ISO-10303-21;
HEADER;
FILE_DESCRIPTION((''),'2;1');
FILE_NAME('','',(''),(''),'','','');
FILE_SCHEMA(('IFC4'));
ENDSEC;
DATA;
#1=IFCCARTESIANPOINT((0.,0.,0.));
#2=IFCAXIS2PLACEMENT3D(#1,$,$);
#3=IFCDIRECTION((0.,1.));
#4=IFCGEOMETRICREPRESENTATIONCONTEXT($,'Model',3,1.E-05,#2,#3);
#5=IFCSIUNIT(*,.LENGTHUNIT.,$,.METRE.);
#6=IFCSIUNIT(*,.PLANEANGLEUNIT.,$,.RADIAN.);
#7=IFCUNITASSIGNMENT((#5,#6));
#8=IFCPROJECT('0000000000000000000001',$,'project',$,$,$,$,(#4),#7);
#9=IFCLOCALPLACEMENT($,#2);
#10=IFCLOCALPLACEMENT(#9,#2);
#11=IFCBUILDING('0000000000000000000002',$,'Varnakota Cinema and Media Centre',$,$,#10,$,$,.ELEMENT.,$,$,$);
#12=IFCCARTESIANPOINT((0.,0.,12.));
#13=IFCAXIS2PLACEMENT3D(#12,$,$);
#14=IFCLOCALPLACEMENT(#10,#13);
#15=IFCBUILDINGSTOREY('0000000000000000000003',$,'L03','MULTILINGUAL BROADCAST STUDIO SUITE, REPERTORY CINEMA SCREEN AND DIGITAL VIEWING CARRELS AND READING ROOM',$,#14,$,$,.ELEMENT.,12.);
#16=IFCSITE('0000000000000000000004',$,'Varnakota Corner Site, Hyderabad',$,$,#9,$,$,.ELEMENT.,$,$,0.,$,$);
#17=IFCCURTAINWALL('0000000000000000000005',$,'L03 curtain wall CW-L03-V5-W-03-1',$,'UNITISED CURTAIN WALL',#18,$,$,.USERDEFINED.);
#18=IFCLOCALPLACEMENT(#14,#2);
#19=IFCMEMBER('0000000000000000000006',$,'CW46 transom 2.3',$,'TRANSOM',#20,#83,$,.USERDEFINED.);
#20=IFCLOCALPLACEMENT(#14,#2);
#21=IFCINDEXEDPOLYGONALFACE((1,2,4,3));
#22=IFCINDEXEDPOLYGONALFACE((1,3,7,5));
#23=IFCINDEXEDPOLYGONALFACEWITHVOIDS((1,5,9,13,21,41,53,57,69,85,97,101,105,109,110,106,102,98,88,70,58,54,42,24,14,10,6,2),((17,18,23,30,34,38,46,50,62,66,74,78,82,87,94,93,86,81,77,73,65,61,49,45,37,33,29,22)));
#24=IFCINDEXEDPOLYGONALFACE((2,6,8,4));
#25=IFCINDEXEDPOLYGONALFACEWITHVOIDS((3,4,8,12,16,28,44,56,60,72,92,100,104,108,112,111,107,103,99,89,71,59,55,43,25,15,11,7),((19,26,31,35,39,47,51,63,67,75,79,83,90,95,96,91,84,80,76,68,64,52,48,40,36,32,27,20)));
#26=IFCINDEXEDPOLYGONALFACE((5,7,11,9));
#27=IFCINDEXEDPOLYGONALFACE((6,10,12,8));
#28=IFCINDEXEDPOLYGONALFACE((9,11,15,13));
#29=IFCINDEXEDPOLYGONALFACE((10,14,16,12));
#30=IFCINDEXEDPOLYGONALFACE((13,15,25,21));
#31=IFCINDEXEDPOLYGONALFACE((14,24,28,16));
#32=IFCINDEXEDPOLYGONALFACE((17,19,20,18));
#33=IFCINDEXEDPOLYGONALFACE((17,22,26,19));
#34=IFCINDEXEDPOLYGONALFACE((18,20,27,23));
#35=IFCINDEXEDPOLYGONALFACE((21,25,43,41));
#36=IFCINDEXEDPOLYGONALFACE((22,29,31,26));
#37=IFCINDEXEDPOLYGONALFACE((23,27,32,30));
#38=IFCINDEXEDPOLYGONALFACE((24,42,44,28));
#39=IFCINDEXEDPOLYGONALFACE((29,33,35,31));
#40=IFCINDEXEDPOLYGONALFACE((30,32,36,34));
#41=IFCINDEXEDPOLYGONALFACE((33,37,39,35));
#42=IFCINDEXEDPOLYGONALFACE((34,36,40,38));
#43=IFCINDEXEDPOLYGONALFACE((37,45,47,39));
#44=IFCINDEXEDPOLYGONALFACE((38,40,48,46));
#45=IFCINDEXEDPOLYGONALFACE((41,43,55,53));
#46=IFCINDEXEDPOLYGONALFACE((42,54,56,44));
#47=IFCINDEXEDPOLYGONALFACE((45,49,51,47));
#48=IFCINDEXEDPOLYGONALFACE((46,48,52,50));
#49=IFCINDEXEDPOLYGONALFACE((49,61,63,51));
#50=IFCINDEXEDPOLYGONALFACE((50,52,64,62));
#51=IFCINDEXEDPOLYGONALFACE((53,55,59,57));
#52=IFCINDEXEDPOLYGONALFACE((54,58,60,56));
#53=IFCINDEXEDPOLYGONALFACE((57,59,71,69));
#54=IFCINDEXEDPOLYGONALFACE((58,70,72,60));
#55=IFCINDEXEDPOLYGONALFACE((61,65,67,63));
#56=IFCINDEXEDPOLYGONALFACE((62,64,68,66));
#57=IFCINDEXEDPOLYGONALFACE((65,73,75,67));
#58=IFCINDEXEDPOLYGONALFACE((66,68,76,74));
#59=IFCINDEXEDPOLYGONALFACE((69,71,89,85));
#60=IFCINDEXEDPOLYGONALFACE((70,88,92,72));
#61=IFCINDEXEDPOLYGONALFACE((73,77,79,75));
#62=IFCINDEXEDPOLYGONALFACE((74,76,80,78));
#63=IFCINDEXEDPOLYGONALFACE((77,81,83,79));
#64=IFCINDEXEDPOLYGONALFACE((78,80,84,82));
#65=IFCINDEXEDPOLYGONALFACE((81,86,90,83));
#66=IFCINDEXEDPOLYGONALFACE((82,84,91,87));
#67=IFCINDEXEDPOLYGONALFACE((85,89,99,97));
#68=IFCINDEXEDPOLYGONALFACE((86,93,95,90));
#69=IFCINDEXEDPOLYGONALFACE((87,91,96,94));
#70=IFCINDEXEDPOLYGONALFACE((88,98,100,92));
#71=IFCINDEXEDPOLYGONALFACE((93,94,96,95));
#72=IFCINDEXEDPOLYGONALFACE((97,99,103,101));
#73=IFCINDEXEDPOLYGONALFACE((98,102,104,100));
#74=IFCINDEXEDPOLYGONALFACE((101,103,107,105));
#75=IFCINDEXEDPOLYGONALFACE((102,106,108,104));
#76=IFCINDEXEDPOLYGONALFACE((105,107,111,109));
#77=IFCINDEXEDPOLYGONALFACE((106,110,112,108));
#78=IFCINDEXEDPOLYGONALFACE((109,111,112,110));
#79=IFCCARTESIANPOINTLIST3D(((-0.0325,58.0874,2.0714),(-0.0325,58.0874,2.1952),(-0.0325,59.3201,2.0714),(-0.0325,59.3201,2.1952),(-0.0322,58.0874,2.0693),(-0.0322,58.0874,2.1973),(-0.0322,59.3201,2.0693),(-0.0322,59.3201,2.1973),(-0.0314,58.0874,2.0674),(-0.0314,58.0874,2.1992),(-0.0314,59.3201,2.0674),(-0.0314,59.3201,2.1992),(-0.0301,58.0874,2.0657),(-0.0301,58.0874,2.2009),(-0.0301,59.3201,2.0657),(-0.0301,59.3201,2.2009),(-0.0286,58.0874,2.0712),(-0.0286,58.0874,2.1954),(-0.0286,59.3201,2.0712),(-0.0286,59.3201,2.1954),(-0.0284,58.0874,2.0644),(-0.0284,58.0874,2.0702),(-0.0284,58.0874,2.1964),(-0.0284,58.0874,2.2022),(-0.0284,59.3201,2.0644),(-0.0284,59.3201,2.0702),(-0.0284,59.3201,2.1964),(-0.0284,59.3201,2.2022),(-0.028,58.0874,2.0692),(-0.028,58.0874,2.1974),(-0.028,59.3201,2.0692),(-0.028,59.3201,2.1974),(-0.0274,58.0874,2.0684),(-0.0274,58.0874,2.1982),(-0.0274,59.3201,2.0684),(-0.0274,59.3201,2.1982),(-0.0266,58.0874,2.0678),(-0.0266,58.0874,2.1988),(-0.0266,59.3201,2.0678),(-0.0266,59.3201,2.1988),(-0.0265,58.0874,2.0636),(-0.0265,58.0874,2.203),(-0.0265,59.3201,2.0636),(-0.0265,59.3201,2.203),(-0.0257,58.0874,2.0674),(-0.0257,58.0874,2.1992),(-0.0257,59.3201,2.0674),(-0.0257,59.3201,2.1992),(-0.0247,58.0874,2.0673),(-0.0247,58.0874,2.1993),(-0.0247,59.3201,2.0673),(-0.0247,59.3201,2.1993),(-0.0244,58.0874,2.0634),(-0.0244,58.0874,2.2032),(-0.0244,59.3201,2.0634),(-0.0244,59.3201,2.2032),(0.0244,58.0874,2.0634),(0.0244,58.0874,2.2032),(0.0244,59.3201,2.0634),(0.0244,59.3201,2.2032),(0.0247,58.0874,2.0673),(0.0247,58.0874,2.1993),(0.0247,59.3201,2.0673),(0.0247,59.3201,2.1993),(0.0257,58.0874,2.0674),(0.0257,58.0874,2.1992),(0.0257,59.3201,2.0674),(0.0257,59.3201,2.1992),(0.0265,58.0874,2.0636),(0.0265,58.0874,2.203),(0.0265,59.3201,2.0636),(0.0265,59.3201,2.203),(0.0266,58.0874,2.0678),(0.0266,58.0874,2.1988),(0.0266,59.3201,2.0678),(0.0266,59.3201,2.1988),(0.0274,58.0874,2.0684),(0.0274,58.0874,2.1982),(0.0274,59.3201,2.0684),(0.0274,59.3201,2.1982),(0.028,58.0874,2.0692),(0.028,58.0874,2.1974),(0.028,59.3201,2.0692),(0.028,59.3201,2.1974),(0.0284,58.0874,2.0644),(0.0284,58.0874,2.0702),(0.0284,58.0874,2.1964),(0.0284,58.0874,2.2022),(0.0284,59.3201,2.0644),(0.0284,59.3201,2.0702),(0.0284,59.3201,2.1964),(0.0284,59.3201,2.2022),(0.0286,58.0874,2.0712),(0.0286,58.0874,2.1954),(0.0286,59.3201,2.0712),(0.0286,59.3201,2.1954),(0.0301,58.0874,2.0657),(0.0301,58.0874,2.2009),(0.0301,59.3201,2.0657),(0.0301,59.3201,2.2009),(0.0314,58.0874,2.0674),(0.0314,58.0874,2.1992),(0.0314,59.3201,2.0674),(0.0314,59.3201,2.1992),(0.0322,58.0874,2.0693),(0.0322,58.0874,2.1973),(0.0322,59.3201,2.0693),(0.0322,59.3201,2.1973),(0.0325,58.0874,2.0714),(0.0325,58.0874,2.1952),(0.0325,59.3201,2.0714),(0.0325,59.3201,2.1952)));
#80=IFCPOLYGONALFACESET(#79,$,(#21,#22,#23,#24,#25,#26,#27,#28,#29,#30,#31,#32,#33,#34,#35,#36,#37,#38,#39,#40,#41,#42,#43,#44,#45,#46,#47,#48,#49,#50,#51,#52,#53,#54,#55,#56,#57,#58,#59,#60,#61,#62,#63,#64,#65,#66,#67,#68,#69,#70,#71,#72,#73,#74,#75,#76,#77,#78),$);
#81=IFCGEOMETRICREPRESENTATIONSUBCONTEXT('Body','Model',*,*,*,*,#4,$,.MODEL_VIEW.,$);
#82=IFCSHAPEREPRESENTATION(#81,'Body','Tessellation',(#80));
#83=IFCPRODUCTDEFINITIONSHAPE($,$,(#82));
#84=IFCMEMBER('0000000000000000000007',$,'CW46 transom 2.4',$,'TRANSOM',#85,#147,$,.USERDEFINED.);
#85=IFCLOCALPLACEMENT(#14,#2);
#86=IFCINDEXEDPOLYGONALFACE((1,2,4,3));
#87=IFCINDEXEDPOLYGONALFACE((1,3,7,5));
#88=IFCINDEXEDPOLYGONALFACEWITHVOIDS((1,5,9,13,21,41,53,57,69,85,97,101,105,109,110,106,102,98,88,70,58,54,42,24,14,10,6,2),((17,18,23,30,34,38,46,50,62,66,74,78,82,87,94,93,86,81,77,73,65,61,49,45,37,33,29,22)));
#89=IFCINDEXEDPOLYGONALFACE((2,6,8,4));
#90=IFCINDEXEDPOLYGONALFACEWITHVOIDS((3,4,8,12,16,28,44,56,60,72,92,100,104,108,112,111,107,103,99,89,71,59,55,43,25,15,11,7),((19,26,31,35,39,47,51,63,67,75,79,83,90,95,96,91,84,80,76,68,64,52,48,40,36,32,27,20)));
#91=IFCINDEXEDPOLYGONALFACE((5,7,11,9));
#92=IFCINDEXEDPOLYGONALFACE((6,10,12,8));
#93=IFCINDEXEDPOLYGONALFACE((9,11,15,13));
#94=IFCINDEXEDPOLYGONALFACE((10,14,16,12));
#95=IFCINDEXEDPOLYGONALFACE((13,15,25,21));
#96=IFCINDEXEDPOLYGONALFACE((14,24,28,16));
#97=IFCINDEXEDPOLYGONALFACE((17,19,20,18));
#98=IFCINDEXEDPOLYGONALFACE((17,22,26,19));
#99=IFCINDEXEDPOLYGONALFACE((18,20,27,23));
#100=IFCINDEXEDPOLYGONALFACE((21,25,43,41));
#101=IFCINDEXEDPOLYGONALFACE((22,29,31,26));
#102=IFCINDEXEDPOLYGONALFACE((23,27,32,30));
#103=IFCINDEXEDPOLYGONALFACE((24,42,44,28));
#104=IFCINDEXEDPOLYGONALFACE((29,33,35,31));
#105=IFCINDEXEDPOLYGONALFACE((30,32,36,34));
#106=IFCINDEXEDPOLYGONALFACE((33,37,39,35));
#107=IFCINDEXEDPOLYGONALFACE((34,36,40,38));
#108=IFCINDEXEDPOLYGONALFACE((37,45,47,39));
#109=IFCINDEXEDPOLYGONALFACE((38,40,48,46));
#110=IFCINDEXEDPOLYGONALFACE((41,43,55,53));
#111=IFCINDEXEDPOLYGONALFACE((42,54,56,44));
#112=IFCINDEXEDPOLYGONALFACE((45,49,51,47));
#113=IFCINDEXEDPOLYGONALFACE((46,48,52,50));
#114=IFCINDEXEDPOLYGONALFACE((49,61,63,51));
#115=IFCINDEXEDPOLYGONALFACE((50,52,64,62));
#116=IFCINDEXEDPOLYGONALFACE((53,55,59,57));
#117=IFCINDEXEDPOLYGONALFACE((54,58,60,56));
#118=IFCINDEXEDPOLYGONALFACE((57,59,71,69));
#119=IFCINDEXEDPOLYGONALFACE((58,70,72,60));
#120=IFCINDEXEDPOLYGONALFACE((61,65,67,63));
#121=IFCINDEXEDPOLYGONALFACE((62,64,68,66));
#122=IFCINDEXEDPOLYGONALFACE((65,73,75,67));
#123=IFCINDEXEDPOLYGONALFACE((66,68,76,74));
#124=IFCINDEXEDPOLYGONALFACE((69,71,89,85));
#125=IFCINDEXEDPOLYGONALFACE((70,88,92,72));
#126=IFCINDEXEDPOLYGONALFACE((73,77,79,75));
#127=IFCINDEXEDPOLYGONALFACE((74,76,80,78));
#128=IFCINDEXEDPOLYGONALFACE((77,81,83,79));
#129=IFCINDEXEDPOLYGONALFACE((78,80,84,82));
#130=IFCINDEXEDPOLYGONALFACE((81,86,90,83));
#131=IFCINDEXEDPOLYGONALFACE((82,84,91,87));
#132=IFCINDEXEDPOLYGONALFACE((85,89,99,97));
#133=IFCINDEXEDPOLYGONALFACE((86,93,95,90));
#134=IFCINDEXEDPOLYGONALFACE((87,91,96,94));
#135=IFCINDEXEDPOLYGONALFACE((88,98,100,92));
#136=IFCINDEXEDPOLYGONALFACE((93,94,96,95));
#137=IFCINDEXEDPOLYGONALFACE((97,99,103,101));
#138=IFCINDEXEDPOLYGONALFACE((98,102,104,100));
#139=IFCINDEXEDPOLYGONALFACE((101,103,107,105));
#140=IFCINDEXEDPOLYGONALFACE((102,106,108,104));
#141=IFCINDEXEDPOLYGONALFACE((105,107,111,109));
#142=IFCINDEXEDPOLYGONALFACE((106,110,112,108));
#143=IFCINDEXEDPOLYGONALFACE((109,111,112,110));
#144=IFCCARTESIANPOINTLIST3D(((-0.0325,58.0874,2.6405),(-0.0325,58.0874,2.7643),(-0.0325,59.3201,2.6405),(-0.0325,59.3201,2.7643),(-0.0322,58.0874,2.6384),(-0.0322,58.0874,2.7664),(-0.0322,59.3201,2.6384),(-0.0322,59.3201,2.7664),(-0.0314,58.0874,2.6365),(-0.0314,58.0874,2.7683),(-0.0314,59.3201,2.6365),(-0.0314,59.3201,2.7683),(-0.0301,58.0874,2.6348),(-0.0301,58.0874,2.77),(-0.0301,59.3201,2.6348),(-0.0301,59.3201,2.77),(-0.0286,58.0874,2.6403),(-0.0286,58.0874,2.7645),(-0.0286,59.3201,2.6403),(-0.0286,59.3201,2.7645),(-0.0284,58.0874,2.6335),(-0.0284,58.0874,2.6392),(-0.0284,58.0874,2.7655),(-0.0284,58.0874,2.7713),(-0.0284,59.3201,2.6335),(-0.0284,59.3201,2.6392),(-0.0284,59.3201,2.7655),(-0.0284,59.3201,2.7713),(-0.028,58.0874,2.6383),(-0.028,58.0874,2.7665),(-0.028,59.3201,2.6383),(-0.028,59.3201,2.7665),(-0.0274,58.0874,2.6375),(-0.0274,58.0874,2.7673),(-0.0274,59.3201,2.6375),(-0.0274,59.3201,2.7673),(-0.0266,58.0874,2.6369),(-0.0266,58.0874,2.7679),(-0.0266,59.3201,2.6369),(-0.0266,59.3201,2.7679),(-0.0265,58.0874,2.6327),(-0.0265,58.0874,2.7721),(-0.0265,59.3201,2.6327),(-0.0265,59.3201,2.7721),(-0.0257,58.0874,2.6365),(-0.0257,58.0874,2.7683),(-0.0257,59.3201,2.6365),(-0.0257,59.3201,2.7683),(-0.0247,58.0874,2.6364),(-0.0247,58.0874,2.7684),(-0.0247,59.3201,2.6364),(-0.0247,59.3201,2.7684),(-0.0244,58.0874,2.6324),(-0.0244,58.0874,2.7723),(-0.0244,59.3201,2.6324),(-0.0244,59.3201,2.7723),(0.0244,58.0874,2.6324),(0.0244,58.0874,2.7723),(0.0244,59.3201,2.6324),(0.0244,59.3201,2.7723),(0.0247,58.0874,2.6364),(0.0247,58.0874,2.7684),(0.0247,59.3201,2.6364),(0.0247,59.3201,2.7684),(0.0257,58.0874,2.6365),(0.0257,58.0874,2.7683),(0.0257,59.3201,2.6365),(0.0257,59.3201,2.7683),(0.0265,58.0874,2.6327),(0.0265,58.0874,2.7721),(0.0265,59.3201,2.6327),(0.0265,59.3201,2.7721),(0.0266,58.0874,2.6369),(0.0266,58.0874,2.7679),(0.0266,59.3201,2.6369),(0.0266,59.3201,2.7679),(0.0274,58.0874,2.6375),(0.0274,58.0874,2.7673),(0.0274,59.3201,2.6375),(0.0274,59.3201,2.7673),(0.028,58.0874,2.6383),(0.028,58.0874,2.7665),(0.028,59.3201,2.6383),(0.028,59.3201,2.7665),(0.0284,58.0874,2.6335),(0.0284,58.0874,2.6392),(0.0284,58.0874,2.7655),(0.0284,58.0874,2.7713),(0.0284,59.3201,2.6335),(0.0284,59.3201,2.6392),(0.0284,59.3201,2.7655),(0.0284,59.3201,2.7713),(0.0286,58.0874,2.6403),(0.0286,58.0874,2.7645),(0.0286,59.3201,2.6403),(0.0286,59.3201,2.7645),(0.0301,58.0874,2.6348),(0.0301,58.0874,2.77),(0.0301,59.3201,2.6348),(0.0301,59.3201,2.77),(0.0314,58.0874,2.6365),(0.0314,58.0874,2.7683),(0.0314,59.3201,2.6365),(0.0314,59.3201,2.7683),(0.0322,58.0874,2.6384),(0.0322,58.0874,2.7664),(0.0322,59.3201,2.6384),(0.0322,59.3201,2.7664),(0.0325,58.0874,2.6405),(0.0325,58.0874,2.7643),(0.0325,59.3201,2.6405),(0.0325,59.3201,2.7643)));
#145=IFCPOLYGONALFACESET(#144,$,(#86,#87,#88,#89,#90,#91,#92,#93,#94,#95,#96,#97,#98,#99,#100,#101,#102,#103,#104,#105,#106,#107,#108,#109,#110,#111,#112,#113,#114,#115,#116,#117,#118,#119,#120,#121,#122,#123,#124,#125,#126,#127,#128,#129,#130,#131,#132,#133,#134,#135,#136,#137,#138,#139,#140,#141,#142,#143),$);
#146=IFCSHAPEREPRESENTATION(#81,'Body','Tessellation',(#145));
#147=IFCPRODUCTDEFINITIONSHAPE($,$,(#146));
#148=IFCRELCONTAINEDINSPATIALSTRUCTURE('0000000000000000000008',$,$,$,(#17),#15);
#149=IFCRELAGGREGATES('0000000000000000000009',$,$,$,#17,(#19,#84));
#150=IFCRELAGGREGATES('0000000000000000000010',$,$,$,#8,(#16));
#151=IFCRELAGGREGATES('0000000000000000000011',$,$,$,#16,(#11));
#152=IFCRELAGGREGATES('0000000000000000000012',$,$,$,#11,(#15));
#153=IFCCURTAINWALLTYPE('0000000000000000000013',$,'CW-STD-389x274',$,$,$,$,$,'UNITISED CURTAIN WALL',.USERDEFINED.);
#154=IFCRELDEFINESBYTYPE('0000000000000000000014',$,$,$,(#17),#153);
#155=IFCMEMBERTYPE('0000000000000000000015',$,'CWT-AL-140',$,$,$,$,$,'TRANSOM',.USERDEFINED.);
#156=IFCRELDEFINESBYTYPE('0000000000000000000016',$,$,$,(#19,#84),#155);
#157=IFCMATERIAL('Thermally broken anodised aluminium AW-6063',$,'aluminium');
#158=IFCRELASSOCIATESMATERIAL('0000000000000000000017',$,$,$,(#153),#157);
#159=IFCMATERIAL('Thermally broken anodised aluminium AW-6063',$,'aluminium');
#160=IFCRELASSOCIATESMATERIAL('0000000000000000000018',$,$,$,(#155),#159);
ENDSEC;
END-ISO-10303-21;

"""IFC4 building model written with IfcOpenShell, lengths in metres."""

from ifc_helpers import new_model, si_unit, direction, frame, origin, origin_2d, place, context, subcontext, project, spatial, hollow_rectangle, extrude, material, material_profile, profile_set, type_object, element, aggregate, save


model = new_model("IFC4")

# Units and contexts
model_context = context("Model", 3, precision=1e-05, world=origin(), true_north=direction((0.0, 1.0)))
body_context = subcontext(model_context, "Body", "Model", "MODEL_VIEW")
ifc_project = project(units=[si_unit("LENGTHUNIT", "METRE"), si_unit("PLANEANGLEUNIT", "RADIAN")], contexts=[model_context])

# Site, building, storey
site_placement = place(None, origin())
site = spatial("IfcSite", under=ifc_project, at=site_placement, Name="Varnakota Corner Site, Hyderabad", CompositionType="ELEMENT", RefElevation=0.0)
building_placement = place(site_placement, origin())
building = spatial("IfcBuilding", under=site, at=building_placement, Name="Varnakota Cinema and Media Centre", CompositionType="ELEMENT")
storey_placement = place(building_placement, frame((0.0, 0.0, 12.0)))
storey = spatial("IfcBuildingStorey", under=building, at=storey_placement, Name="L03", Description="MULTILINGUAL BROADCAST STUDIO SUITE, REPERTORY CINEMA SCREEN AND DIGITAL VIEWING CARRELS AND READING ROOM", CompositionType="ELEMENT", Elevation=12.0)

# Shared definitions
ifc_material_1 = material(Name="Thermally broken anodised aluminium AW-6063", Category="aluminium")
curtain_wall_type = type_object("IfcCurtainWallType", Name="CW-STD-389x274", ElementType="UNITISED CURTAIN WALL", PredefinedType="USERDEFINED", material=ifc_material_1)

# Curtain wall, members
curtain_wall_1_placement = place(storey_placement, origin())
curtain_wall_1 = element("IfcCurtainWall", 1, at=curtain_wall_1_placement, inside=storey, type_object=curtain_wall_type, Name="L03 curtain wall CW-L03-V5-W-03-1", ObjectType="UNITISED CURTAIN WALL", PredefinedType="USERDEFINED")
ifc_material_2 = material(Name="Thermally broken anodised aluminium AW-6063", Category="aluminium")
ifc_material_profile_1 = material_profile(ifc_material_2, hollow_rectangle(XDim=0.0649, YDim=0.1399, WallThickness=0.0039, InnerFilletRadius=0.0039, OuterFilletRadius=0.0081, at=origin_2d()), Name="AL-TRANSOM 140x65x4")
ifc_profile_set_1 = profile_set([ifc_material_profile_1], Name="Thermally broken anodised aluminium AW-6063")
member_type_1 = type_object("IfcMemberType", Name="CWT-AL-140", ElementType="TRANSOM", PredefinedType="USERDEFINED", material=ifc_profile_set_1)
member_1_placement = place(storey_placement, frame((0.0, 59.3201, 2.1333), z_axis=(0.0, -1.0, 0.0), x_axis=(1.0, 0.0, 0.0)))
member_1 = element("IfcMember", 2, at=member_1_placement, type_object=member_type_1, Name="CW46 transom 2.3", ObjectType="TRANSOM", PredefinedType="USERDEFINED", context=body_context, shape_type="SweptSolid", body=[
    extrude(hollow_rectangle(XDim=0.0649, YDim=0.1399, WallThickness=0.0039, InnerFilletRadius=0.0039, OuterFilletRadius=0.0081, at=origin_2d()), origin(), (0.0, 0.0, 1.0), 1.2327),
])
member_2_placement = place(storey_placement, frame((0.0, 59.3201, 2.7024), z_axis=(0.0, -1.0, 0.0), x_axis=(1.0, 0.0, 0.0)))
member_2 = element("IfcMember", 3, at=member_2_placement, type_object=member_type_1, Name="CW46 transom 2.4", ObjectType="TRANSOM", PredefinedType="USERDEFINED", context=body_context, shape_type="SweptSolid", body=[
    extrude(hollow_rectangle(XDim=0.0649, YDim=0.1399, WallThickness=0.0039, InnerFilletRadius=0.0039, OuterFilletRadius=0.0081, at=origin_2d()), origin(), (0.0, 0.0, 1.0), 1.2327),
])

aggregate(curtain_wall_1, [member_1, member_2])

save(model, "model.ifc")
